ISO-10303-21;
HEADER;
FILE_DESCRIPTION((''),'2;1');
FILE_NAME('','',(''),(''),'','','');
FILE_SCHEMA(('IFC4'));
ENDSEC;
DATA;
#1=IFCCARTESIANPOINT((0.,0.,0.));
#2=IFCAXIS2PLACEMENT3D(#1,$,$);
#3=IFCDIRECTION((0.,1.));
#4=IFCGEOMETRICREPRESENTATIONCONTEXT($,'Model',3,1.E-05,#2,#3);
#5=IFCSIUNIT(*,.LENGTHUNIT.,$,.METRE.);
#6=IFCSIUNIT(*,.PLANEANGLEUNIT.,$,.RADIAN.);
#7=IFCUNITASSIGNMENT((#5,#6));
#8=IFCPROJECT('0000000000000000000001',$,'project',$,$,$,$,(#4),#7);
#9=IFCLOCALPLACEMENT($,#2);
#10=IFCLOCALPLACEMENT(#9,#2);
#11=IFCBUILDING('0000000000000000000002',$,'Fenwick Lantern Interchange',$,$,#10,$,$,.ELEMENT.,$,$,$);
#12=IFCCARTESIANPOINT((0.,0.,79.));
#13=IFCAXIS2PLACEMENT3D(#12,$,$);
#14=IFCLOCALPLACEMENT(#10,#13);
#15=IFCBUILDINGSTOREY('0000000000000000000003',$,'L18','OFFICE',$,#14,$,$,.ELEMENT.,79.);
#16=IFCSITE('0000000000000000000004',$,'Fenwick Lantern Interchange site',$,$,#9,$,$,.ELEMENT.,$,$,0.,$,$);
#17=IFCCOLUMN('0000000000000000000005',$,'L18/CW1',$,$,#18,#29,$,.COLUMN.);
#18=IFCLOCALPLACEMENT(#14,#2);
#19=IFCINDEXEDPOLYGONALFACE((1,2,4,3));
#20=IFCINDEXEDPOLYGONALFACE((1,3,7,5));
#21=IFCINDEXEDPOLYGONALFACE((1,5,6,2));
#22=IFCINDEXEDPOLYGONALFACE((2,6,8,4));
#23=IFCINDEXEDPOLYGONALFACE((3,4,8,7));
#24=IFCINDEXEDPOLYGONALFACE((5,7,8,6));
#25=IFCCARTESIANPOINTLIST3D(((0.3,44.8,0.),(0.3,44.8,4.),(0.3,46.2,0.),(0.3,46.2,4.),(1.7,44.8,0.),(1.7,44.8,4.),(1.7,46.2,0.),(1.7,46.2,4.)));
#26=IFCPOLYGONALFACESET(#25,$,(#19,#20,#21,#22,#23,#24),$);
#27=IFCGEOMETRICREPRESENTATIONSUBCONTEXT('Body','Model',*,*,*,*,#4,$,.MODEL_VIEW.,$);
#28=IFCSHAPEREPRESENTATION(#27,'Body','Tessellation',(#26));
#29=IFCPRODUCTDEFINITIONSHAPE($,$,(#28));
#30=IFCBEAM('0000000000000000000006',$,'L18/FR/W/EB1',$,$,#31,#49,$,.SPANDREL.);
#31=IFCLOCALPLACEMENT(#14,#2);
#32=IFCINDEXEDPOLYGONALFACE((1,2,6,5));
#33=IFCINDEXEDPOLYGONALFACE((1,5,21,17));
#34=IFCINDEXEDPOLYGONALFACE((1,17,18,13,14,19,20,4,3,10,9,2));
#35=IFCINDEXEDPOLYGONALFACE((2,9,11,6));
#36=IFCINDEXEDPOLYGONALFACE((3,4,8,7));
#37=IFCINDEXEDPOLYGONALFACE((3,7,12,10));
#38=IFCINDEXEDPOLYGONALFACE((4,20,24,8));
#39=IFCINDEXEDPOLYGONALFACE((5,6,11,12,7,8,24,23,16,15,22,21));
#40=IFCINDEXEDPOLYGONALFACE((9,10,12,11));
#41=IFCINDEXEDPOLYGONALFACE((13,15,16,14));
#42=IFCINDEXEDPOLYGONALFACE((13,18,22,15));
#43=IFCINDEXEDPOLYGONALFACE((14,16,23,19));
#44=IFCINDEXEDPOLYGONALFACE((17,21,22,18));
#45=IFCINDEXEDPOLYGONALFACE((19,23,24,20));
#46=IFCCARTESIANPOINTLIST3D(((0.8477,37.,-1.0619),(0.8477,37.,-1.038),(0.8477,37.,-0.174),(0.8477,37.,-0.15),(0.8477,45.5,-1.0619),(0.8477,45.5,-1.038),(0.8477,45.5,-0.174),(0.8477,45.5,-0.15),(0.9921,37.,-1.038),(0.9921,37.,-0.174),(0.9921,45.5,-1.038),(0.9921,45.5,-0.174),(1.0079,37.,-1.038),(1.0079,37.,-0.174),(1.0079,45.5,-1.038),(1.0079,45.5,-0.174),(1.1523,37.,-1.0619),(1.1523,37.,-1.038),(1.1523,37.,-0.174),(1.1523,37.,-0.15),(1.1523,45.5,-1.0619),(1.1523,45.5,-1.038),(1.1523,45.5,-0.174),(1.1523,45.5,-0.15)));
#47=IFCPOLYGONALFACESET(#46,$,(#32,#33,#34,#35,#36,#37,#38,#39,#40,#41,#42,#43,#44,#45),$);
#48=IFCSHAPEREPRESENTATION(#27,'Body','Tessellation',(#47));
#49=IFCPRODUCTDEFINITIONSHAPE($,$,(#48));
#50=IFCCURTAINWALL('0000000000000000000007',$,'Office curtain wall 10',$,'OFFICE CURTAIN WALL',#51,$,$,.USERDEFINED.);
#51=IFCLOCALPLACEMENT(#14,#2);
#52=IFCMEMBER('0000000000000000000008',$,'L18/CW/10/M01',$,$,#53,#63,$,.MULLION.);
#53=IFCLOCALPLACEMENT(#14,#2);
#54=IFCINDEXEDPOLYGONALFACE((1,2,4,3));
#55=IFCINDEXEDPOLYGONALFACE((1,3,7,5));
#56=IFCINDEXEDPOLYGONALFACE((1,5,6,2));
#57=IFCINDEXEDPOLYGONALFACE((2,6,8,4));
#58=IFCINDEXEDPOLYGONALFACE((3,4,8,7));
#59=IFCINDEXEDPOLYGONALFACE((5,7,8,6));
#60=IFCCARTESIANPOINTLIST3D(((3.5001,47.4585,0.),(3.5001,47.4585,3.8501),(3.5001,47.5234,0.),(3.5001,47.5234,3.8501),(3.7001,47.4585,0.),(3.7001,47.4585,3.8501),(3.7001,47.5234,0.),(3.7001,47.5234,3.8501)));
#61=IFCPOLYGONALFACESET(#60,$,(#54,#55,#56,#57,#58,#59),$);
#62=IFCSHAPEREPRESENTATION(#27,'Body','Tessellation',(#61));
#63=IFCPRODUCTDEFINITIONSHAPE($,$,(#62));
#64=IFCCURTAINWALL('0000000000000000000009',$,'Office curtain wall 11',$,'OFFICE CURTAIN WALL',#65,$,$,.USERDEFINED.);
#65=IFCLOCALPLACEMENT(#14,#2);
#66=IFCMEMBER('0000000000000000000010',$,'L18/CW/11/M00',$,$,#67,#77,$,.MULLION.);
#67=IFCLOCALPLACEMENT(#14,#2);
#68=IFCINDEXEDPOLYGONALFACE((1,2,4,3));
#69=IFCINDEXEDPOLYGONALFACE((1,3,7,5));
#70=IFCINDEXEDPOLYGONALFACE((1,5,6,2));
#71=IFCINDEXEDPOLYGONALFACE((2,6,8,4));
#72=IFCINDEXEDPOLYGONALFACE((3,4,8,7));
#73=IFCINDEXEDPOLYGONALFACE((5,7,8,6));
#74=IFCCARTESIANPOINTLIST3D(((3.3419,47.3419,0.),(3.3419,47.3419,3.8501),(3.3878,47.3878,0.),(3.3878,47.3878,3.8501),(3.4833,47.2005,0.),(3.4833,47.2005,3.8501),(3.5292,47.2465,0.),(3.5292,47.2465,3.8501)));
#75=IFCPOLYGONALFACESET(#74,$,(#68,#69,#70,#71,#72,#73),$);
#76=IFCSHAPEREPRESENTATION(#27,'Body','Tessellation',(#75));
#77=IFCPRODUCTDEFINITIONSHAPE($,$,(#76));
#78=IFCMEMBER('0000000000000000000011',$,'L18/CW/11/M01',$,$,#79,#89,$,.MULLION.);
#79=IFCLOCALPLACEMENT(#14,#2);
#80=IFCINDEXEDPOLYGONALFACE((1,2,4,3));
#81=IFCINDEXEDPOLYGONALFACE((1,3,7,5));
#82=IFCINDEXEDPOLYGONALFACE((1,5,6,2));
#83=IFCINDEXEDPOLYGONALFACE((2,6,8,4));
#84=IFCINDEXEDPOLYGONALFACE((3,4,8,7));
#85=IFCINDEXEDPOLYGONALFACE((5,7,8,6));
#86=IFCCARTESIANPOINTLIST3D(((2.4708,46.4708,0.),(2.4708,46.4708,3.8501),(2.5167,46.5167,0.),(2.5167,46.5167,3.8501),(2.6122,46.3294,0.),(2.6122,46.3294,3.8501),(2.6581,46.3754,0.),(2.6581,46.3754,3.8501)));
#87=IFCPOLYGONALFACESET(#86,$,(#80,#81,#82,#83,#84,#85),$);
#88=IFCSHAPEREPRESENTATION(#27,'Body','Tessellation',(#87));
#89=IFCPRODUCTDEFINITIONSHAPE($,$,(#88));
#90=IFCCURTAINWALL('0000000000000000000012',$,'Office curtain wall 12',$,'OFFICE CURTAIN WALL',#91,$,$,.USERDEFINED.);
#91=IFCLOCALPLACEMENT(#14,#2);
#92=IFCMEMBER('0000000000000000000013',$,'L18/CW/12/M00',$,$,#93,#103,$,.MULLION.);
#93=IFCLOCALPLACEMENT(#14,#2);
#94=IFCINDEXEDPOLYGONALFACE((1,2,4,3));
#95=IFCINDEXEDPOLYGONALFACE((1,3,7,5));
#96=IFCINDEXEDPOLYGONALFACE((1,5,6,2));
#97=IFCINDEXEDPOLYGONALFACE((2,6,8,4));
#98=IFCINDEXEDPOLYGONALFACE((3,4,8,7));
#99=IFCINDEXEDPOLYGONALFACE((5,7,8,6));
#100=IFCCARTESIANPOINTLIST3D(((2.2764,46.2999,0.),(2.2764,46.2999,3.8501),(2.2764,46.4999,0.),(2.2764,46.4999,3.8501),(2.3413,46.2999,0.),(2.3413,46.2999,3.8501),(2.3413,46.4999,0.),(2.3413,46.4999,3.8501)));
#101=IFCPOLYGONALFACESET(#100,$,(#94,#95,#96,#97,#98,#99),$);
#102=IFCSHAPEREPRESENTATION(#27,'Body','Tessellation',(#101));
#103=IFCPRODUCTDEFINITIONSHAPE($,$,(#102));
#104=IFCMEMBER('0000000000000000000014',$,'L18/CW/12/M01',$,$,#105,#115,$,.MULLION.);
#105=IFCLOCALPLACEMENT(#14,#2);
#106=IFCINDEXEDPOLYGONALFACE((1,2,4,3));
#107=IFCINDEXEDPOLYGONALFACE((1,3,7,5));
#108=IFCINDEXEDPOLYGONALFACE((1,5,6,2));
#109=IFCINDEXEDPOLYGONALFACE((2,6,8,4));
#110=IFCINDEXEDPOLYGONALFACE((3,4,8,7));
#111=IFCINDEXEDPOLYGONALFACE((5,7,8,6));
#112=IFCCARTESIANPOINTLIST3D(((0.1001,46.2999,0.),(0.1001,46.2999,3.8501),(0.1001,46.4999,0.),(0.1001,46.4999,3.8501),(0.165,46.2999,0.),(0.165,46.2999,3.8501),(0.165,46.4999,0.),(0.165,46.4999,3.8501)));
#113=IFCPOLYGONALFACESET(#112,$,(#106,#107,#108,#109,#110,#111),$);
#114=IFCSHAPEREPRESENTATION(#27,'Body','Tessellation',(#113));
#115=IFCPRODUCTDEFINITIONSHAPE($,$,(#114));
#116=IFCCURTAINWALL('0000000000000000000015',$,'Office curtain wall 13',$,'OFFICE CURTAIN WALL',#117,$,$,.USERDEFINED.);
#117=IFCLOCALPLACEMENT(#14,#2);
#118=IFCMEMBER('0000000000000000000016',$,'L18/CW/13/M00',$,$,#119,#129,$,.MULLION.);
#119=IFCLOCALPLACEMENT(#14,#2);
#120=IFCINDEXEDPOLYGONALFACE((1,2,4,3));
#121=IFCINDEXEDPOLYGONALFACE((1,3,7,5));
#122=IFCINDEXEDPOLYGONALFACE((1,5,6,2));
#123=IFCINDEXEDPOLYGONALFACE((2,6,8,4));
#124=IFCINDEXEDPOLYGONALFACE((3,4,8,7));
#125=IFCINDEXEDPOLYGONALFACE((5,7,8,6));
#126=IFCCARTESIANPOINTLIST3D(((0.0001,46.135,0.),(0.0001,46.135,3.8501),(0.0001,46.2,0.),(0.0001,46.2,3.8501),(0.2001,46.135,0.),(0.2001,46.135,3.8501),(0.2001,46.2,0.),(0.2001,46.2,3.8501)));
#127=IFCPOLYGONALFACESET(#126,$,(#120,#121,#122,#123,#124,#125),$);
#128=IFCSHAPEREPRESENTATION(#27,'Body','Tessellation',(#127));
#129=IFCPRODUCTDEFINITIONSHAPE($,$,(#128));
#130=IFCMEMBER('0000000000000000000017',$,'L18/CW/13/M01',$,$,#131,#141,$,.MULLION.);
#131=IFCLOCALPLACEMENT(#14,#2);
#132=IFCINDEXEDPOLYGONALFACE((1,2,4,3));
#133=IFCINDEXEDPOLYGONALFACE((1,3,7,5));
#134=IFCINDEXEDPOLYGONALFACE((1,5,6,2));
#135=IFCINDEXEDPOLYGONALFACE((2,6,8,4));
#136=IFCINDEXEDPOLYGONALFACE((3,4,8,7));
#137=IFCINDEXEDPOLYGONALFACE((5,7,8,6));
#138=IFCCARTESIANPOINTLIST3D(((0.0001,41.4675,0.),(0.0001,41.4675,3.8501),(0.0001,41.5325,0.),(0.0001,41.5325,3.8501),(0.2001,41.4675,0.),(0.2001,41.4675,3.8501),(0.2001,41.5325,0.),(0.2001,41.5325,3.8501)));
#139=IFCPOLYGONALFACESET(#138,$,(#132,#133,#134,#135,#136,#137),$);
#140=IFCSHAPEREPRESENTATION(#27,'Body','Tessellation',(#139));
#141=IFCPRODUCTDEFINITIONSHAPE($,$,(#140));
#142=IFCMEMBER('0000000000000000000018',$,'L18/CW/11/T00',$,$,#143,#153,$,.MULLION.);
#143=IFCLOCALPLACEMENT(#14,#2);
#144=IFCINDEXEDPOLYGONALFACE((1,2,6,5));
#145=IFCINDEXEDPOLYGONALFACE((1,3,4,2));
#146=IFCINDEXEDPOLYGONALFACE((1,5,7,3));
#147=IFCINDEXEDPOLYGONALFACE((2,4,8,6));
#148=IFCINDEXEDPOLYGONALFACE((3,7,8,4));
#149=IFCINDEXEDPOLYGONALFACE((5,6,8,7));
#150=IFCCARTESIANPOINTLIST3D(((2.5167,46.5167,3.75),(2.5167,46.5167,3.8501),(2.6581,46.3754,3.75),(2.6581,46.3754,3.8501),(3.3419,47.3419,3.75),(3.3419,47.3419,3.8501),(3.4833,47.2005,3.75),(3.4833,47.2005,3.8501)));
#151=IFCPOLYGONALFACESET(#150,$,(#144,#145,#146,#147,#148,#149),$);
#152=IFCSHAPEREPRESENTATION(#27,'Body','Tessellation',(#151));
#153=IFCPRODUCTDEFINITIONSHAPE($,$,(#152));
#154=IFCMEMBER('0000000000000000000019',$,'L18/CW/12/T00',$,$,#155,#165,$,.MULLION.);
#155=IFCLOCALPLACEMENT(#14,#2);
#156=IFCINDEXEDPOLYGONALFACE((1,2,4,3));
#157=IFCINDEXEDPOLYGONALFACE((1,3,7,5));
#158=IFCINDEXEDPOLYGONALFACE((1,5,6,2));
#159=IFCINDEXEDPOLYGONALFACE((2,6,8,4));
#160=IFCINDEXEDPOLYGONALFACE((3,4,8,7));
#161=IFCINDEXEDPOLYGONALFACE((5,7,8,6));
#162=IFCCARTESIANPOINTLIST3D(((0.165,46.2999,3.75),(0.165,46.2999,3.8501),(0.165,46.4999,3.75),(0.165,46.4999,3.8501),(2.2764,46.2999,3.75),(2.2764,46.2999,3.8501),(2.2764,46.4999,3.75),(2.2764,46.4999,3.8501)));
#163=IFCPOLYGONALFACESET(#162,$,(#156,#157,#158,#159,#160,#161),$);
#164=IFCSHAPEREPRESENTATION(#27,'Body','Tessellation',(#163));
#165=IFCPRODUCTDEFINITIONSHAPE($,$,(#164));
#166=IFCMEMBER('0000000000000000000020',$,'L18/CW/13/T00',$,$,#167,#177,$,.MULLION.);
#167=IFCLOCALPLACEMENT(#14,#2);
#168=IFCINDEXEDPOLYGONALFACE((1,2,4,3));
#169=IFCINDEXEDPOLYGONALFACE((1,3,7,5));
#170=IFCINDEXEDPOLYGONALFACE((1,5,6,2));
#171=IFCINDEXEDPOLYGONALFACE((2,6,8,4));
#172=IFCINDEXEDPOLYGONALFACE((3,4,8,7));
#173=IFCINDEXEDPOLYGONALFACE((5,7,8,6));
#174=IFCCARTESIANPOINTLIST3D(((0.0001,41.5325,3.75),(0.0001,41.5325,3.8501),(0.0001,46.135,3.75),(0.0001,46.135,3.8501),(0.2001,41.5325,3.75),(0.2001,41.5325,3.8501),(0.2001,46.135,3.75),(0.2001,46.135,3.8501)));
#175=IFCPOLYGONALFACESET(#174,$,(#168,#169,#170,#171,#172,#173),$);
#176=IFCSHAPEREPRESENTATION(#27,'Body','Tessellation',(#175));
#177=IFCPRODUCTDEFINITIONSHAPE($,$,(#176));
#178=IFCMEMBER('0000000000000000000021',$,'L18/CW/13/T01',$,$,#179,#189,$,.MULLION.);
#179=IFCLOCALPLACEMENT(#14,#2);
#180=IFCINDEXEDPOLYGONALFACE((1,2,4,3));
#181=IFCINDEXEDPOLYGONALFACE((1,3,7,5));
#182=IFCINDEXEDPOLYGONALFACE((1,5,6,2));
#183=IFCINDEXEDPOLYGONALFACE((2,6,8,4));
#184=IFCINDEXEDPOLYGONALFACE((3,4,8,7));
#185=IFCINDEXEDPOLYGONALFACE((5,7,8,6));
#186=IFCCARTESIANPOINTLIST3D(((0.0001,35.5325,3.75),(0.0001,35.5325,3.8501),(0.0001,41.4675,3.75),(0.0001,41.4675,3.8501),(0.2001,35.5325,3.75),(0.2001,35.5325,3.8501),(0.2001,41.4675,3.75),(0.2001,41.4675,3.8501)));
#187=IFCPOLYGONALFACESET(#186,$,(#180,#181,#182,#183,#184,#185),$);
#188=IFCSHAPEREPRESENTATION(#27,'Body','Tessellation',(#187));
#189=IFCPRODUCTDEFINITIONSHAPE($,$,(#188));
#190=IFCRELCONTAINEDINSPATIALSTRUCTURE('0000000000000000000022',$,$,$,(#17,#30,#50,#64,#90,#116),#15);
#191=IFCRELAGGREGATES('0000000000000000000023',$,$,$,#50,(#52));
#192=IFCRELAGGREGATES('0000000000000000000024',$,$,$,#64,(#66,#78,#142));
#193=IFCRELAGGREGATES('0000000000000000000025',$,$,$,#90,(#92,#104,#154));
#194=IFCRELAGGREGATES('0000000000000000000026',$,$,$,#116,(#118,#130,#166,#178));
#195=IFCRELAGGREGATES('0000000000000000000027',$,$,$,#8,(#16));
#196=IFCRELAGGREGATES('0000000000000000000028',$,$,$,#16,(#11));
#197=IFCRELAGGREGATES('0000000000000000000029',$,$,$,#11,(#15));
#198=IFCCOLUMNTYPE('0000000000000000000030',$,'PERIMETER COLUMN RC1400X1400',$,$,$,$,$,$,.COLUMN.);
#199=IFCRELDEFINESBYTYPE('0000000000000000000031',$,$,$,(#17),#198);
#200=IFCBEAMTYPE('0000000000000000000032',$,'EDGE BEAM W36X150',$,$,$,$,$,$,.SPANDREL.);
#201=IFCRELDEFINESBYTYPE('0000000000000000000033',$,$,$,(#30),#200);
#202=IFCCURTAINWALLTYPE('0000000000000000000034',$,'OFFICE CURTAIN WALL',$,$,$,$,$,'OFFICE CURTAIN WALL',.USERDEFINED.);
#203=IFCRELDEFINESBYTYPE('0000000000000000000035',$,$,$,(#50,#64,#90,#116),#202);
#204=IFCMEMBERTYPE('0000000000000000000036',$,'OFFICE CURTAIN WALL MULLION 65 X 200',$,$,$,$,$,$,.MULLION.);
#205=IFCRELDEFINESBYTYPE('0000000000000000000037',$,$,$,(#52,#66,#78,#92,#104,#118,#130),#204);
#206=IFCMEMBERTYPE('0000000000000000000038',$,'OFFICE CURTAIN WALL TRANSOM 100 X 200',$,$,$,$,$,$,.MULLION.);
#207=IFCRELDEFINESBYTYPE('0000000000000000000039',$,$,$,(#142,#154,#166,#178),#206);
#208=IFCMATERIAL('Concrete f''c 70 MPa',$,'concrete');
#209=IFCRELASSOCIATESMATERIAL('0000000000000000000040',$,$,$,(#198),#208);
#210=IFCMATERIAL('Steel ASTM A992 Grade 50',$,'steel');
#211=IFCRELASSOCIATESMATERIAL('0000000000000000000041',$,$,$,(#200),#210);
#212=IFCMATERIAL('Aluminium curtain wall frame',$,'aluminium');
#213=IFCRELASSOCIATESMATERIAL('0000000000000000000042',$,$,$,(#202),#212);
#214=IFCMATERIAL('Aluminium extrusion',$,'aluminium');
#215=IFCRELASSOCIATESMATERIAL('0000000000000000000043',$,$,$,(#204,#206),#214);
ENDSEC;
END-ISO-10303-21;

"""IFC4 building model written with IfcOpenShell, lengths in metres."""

from ifc_helpers import new_model, si_unit, direction, frame, origin, origin_2d, place, context, subcontext, project, spatial, rectangle, i_section, extrude, material, material_profile, profile_set, type_object, element, aggregate, save


model = new_model("IFC4")

# Units and contexts
model_context = context("Model", 3, precision=1e-05, world=origin(), true_north=direction((0.0, 1.0)))
body_context = subcontext(model_context, "Body", "Model", "MODEL_VIEW")
ifc_project = project(units=[si_unit("LENGTHUNIT", "METRE"), si_unit("PLANEANGLEUNIT", "RADIAN")], contexts=[model_context])

# Site, building, storey
site_placement = place(None, origin())
site = spatial("IfcSite", under=ifc_project, at=site_placement, Name="Fenwick Lantern Interchange site", CompositionType="ELEMENT", RefElevation=0.0)
building_placement = place(site_placement, origin())
building = spatial("IfcBuilding", under=site, at=building_placement, Name="Fenwick Lantern Interchange", CompositionType="ELEMENT")
storey_placement = place(building_placement, frame((0.0, 0.0, 79.0)))
storey = spatial("IfcBuildingStorey", under=building, at=storey_placement, Name="L18", Description="OFFICE", CompositionType="ELEMENT", Elevation=79.0)

# Column
ifc_material_1 = material(Name="Concrete f'c 70 MPa", Category="concrete")
ifc_material_profile_1 = material_profile(ifc_material_1, rectangle(XDim=1.3999, YDim=1.3999, at=origin_2d()), Name="RC1400X1400")
ifc_profile_set_1 = profile_set([ifc_material_profile_1], Name="Concrete f'c 70 MPa")
column_type = type_object("IfcColumnType", Name="PERIMETER COLUMN RC1400X1400", PredefinedType="COLUMN", material=ifc_profile_set_1)
column_placement = place(storey_placement, frame((1.0, 45.5, 0.0), z_axis=(0.0, 0.0, 1.0), x_axis=(1.0, 0.0, 0.0)))
element("IfcColumn", 1, at=column_placement, inside=storey, type_object=column_type, Name="L18/CW1", PredefinedType="COLUMN", context=body_context, shape_type="SweptSolid", body=[
    extrude(rectangle(XDim=1.3999, YDim=1.3999, at=origin_2d()), origin(), (0.0, 0.0, 1.0), 4.0),
])

# Beam
ifc_material_2 = material(Name="Steel ASTM A992 Grade 50", Category="steel")
ifc_material_profile_2 = material_profile(ifc_material_2, i_section(OverallWidth=0.3047, OverallDepth=0.9119, WebThickness=0.0159, FlangeThickness=0.0239, at=origin_2d()), Name="W36X150")
ifc_profile_set_2 = profile_set([ifc_material_profile_2], Name="Steel ASTM A992 Grade 50")
beam_type = type_object("IfcBeamType", Name="EDGE BEAM W36X150", PredefinedType="SPANDREL", material=ifc_profile_set_2)
beam_placement = place(storey_placement, frame((1.0, 45.5, -0.606), z_axis=(0.0, -1.0, 0.0), x_axis=(1.0, 0.0, 0.0)))
element("IfcBeam", 2, at=beam_placement, inside=storey, type_object=beam_type, Name="L18/FR/W/EB1", PredefinedType="SPANDREL", context=body_context, shape_type="SweptSolid", body=[
    extrude(i_section(OverallWidth=0.3047, OverallDepth=0.9119, WebThickness=0.0159, FlangeThickness=0.0239, at=origin_2d()), origin(), (0.0, 0.0, 1.0), 8.5),
])

# Curtain wall, member
ifc_material_3 = material(Name="Aluminium curtain wall frame", Category="aluminium")
curtain_wall_type = type_object("IfcCurtainWallType", Name="OFFICE CURTAIN WALL", ElementType="OFFICE CURTAIN WALL", PredefinedType="USERDEFINED", material=ifc_material_3)
curtain_wall_1_placement = place(storey_placement, origin())
curtain_wall_1 = element("IfcCurtainWall", 3, at=curtain_wall_1_placement, inside=storey, type_object=curtain_wall_type, Name="Office curtain wall 10", ObjectType="OFFICE CURTAIN WALL", PredefinedType="USERDEFINED")
ifc_material_4 = material(Name="Aluminium extrusion", Category="aluminium")
ifc_material_profile_3 = material_profile(ifc_material_4, rectangle(XDim=0.2, YDim=0.0649, at=origin_2d()), Name="OFFICE CURTAIN WALL MULLION 65 X 200")
ifc_profile_set_3 = profile_set([ifc_material_profile_3], Name="Aluminium extrusion")
member_type_1 = type_object("IfcMemberType", Name="OFFICE CURTAIN WALL MULLION 65 X 200", PredefinedType="MULLION", material=ifc_profile_set_3)
member_1_placement = place(storey_placement, frame((3.6001, 47.491, 0.0), z_axis=(0.0, 0.0, 1.0), x_axis=(1.0, 0.0, 0.0)))
member_1 = element("IfcMember", 4, at=member_1_placement, type_object=member_type_1, Name="L18/CW/10/M01", PredefinedType="MULLION", context=body_context, shape_type="SweptSolid", body=[
    extrude(rectangle(XDim=0.2, YDim=0.0649, at=origin_2d()), origin(), (0.0, 0.0, 1.0), 3.8501),
])
aggregate(curtain_wall_1, [member_1])

# Curtain walls, members
curtain_wall_2_placement = place(storey_placement, origin())
curtain_wall_2 = element("IfcCurtainWall", 5, at=curtain_wall_2_placement, inside=storey, type_object=curtain_wall_type, Name="Office curtain wall 11", ObjectType="OFFICE CURTAIN WALL", PredefinedType="USERDEFINED")
member_2_placement = place(storey_placement, frame((3.4355, 47.2942, 0.0), z_axis=(0.0, 0.0, 1.0), x_axis=(0.707107, -0.707107, 0.0)))
member_2 = element("IfcMember", 6, at=member_2_placement, type_object=member_type_1, Name="L18/CW/11/M00", PredefinedType="MULLION", context=body_context, shape_type="SweptSolid", body=[
    extrude(rectangle(XDim=0.2, YDim=0.0649, at=origin_2d()), origin(), (0.0, 0.0, 1.0), 3.8501),
])
member_3_placement = place(storey_placement, frame((2.5645, 46.4231, 0.0), z_axis=(0.0, 0.0, 1.0), x_axis=(0.707107, -0.707107, 0.0)))
member_3 = element("IfcMember", 7, at=member_3_placement, type_object=member_type_1, Name="L18/CW/11/M01", PredefinedType="MULLION", context=body_context, shape_type="SweptSolid", body=[
    extrude(rectangle(XDim=0.2, YDim=0.0649, at=origin_2d()), origin(), (0.0, 0.0, 1.0), 3.8501),
])
curtain_wall_3_placement = place(storey_placement, origin())
curtain_wall_3 = element("IfcCurtainWall", 8, at=curtain_wall_3_placement, inside=storey, type_object=curtain_wall_type, Name="Office curtain wall 12", ObjectType="OFFICE CURTAIN WALL", PredefinedType="USERDEFINED")
member_4_placement = place(storey_placement, frame((2.3088, 46.3999, 0.0), z_axis=(0.0, 0.0, 1.0), x_axis=(0.0, -1.0, 0.0)))
member_4 = element("IfcMember", 9, at=member_4_placement, type_object=member_type_1, Name="L18/CW/12/M00", PredefinedType="MULLION", context=body_context, shape_type="SweptSolid", body=[
    extrude(rectangle(XDim=0.2, YDim=0.0649, at=origin_2d()), origin(), (0.0, 0.0, 1.0), 3.8501),
])
member_5_placement = place(storey_placement, frame((0.1326, 46.3999, 0.0), z_axis=(0.0, 0.0, 1.0), x_axis=(0.0, -1.0, 0.0)))
member_5 = element("IfcMember", 10, at=member_5_placement, type_object=member_type_1, Name="L18/CW/12/M01", PredefinedType="MULLION", context=body_context, shape_type="SweptSolid", body=[
    extrude(rectangle(XDim=0.2, YDim=0.0649, at=origin_2d()), origin(), (0.0, 0.0, 1.0), 3.8501),
])
curtain_wall_4_placement = place(storey_placement, origin())
curtain_wall_4 = element("IfcCurtainWall", 11, at=curtain_wall_4_placement, inside=storey, type_object=curtain_wall_type, Name="Office curtain wall 13", ObjectType="OFFICE CURTAIN WALL", PredefinedType="USERDEFINED")
member_6_placement = place(storey_placement, frame((0.1001, 46.1675, 0.0), z_axis=(0.0, 0.0, 1.0), x_axis=(1.0, 0.0, 0.0)))
member_6 = element("IfcMember", 12, at=member_6_placement, type_object=member_type_1, Name="L18/CW/13/M00", PredefinedType="MULLION", context=body_context, shape_type="SweptSolid", body=[
    extrude(rectangle(XDim=0.2, YDim=0.0649, at=origin_2d()), origin(), (0.0, 0.0, 1.0), 3.8501),
])
member_7_placement = place(storey_placement, frame((0.1001, 41.5, 0.0), z_axis=(0.0, 0.0, 1.0), x_axis=(1.0, 0.0, 0.0)))
member_7 = element("IfcMember", 13, at=member_7_placement, type_object=member_type_1, Name="L18/CW/13/M01", PredefinedType="MULLION", context=body_context, shape_type="SweptSolid", body=[
    extrude(rectangle(XDim=0.2, YDim=0.0649, at=origin_2d()), origin(), (0.0, 0.0, 1.0), 3.8501),
])

# Members
ifc_material_profile_4 = material_profile(ifc_material_4, rectangle(XDim=0.2, YDim=0.1001, at=origin_2d()), Name="OFFICE CURTAIN WALL TRANSOM 100 X 200")
ifc_profile_set_4 = profile_set([ifc_material_profile_4], Name="Aluminium extrusion")
member_type_2 = type_object("IfcMemberType", Name="OFFICE CURTAIN WALL TRANSOM 100 X 200", PredefinedType="MULLION", material=ifc_profile_set_4)
member_8_placement = place(storey_placement, frame((3.4126, 47.2712, 3.8), z_axis=(-0.707107, -0.707107, 0.0), x_axis=(0.707107, -0.707107, 0.0)))
member_8 = element("IfcMember", 14, at=member_8_placement, type_object=member_type_2, Name="L18/CW/11/T00", PredefinedType="MULLION", context=body_context, shape_type="SweptSolid", body=[
    extrude(rectangle(XDim=0.2, YDim=0.1001, at=origin_2d()), origin(), (0.0, 0.0, 1.0), 1.167),
])
member_9_placement = place(storey_placement, frame((2.2764, 46.3999, 3.8), z_axis=(-1.0, 0.0, 0.0), x_axis=(0.0, -1.0, 0.0)))
member_9 = element("IfcMember", 15, at=member_9_placement, type_object=member_type_2, Name="L18/CW/12/T00", PredefinedType="MULLION", context=body_context, shape_type="SweptSolid", body=[
    extrude(rectangle(XDim=0.2, YDim=0.1001, at=origin_2d()), origin(), (0.0, 0.0, 1.0), 2.1113),
])
member_10_placement = place(storey_placement, frame((0.1001, 46.135, 3.8), z_axis=(0.0, -1.0, 0.0), x_axis=(1.0, 0.0, 0.0)))
member_10 = element("IfcMember", 16, at=member_10_placement, type_object=member_type_2, Name="L18/CW/13/T00", PredefinedType="MULLION", context=body_context, shape_type="SweptSolid", body=[
    extrude(rectangle(XDim=0.2, YDim=0.1001, at=origin_2d()), origin(), (0.0, 0.0, 1.0), 4.6025),
])
member_11_placement = place(storey_placement, frame((0.1001, 41.4675, 3.8), z_axis=(0.0, -1.0, 0.0), x_axis=(1.0, 0.0, 0.0)))
member_11 = element("IfcMember", 17, at=member_11_placement, type_object=member_type_2, Name="L18/CW/13/T01", PredefinedType="MULLION", context=body_context, shape_type="SweptSolid", body=[
    extrude(rectangle(XDim=0.2, YDim=0.1001, at=origin_2d()), origin(), (0.0, 0.0, 1.0), 5.9351),
])

aggregate(curtain_wall_2, [member_2, member_3, member_8])
aggregate(curtain_wall_3, [member_4, member_5, member_9])
aggregate(curtain_wall_4, [member_6, member_7, member_10, member_11])

save(model, "model.ifc")
